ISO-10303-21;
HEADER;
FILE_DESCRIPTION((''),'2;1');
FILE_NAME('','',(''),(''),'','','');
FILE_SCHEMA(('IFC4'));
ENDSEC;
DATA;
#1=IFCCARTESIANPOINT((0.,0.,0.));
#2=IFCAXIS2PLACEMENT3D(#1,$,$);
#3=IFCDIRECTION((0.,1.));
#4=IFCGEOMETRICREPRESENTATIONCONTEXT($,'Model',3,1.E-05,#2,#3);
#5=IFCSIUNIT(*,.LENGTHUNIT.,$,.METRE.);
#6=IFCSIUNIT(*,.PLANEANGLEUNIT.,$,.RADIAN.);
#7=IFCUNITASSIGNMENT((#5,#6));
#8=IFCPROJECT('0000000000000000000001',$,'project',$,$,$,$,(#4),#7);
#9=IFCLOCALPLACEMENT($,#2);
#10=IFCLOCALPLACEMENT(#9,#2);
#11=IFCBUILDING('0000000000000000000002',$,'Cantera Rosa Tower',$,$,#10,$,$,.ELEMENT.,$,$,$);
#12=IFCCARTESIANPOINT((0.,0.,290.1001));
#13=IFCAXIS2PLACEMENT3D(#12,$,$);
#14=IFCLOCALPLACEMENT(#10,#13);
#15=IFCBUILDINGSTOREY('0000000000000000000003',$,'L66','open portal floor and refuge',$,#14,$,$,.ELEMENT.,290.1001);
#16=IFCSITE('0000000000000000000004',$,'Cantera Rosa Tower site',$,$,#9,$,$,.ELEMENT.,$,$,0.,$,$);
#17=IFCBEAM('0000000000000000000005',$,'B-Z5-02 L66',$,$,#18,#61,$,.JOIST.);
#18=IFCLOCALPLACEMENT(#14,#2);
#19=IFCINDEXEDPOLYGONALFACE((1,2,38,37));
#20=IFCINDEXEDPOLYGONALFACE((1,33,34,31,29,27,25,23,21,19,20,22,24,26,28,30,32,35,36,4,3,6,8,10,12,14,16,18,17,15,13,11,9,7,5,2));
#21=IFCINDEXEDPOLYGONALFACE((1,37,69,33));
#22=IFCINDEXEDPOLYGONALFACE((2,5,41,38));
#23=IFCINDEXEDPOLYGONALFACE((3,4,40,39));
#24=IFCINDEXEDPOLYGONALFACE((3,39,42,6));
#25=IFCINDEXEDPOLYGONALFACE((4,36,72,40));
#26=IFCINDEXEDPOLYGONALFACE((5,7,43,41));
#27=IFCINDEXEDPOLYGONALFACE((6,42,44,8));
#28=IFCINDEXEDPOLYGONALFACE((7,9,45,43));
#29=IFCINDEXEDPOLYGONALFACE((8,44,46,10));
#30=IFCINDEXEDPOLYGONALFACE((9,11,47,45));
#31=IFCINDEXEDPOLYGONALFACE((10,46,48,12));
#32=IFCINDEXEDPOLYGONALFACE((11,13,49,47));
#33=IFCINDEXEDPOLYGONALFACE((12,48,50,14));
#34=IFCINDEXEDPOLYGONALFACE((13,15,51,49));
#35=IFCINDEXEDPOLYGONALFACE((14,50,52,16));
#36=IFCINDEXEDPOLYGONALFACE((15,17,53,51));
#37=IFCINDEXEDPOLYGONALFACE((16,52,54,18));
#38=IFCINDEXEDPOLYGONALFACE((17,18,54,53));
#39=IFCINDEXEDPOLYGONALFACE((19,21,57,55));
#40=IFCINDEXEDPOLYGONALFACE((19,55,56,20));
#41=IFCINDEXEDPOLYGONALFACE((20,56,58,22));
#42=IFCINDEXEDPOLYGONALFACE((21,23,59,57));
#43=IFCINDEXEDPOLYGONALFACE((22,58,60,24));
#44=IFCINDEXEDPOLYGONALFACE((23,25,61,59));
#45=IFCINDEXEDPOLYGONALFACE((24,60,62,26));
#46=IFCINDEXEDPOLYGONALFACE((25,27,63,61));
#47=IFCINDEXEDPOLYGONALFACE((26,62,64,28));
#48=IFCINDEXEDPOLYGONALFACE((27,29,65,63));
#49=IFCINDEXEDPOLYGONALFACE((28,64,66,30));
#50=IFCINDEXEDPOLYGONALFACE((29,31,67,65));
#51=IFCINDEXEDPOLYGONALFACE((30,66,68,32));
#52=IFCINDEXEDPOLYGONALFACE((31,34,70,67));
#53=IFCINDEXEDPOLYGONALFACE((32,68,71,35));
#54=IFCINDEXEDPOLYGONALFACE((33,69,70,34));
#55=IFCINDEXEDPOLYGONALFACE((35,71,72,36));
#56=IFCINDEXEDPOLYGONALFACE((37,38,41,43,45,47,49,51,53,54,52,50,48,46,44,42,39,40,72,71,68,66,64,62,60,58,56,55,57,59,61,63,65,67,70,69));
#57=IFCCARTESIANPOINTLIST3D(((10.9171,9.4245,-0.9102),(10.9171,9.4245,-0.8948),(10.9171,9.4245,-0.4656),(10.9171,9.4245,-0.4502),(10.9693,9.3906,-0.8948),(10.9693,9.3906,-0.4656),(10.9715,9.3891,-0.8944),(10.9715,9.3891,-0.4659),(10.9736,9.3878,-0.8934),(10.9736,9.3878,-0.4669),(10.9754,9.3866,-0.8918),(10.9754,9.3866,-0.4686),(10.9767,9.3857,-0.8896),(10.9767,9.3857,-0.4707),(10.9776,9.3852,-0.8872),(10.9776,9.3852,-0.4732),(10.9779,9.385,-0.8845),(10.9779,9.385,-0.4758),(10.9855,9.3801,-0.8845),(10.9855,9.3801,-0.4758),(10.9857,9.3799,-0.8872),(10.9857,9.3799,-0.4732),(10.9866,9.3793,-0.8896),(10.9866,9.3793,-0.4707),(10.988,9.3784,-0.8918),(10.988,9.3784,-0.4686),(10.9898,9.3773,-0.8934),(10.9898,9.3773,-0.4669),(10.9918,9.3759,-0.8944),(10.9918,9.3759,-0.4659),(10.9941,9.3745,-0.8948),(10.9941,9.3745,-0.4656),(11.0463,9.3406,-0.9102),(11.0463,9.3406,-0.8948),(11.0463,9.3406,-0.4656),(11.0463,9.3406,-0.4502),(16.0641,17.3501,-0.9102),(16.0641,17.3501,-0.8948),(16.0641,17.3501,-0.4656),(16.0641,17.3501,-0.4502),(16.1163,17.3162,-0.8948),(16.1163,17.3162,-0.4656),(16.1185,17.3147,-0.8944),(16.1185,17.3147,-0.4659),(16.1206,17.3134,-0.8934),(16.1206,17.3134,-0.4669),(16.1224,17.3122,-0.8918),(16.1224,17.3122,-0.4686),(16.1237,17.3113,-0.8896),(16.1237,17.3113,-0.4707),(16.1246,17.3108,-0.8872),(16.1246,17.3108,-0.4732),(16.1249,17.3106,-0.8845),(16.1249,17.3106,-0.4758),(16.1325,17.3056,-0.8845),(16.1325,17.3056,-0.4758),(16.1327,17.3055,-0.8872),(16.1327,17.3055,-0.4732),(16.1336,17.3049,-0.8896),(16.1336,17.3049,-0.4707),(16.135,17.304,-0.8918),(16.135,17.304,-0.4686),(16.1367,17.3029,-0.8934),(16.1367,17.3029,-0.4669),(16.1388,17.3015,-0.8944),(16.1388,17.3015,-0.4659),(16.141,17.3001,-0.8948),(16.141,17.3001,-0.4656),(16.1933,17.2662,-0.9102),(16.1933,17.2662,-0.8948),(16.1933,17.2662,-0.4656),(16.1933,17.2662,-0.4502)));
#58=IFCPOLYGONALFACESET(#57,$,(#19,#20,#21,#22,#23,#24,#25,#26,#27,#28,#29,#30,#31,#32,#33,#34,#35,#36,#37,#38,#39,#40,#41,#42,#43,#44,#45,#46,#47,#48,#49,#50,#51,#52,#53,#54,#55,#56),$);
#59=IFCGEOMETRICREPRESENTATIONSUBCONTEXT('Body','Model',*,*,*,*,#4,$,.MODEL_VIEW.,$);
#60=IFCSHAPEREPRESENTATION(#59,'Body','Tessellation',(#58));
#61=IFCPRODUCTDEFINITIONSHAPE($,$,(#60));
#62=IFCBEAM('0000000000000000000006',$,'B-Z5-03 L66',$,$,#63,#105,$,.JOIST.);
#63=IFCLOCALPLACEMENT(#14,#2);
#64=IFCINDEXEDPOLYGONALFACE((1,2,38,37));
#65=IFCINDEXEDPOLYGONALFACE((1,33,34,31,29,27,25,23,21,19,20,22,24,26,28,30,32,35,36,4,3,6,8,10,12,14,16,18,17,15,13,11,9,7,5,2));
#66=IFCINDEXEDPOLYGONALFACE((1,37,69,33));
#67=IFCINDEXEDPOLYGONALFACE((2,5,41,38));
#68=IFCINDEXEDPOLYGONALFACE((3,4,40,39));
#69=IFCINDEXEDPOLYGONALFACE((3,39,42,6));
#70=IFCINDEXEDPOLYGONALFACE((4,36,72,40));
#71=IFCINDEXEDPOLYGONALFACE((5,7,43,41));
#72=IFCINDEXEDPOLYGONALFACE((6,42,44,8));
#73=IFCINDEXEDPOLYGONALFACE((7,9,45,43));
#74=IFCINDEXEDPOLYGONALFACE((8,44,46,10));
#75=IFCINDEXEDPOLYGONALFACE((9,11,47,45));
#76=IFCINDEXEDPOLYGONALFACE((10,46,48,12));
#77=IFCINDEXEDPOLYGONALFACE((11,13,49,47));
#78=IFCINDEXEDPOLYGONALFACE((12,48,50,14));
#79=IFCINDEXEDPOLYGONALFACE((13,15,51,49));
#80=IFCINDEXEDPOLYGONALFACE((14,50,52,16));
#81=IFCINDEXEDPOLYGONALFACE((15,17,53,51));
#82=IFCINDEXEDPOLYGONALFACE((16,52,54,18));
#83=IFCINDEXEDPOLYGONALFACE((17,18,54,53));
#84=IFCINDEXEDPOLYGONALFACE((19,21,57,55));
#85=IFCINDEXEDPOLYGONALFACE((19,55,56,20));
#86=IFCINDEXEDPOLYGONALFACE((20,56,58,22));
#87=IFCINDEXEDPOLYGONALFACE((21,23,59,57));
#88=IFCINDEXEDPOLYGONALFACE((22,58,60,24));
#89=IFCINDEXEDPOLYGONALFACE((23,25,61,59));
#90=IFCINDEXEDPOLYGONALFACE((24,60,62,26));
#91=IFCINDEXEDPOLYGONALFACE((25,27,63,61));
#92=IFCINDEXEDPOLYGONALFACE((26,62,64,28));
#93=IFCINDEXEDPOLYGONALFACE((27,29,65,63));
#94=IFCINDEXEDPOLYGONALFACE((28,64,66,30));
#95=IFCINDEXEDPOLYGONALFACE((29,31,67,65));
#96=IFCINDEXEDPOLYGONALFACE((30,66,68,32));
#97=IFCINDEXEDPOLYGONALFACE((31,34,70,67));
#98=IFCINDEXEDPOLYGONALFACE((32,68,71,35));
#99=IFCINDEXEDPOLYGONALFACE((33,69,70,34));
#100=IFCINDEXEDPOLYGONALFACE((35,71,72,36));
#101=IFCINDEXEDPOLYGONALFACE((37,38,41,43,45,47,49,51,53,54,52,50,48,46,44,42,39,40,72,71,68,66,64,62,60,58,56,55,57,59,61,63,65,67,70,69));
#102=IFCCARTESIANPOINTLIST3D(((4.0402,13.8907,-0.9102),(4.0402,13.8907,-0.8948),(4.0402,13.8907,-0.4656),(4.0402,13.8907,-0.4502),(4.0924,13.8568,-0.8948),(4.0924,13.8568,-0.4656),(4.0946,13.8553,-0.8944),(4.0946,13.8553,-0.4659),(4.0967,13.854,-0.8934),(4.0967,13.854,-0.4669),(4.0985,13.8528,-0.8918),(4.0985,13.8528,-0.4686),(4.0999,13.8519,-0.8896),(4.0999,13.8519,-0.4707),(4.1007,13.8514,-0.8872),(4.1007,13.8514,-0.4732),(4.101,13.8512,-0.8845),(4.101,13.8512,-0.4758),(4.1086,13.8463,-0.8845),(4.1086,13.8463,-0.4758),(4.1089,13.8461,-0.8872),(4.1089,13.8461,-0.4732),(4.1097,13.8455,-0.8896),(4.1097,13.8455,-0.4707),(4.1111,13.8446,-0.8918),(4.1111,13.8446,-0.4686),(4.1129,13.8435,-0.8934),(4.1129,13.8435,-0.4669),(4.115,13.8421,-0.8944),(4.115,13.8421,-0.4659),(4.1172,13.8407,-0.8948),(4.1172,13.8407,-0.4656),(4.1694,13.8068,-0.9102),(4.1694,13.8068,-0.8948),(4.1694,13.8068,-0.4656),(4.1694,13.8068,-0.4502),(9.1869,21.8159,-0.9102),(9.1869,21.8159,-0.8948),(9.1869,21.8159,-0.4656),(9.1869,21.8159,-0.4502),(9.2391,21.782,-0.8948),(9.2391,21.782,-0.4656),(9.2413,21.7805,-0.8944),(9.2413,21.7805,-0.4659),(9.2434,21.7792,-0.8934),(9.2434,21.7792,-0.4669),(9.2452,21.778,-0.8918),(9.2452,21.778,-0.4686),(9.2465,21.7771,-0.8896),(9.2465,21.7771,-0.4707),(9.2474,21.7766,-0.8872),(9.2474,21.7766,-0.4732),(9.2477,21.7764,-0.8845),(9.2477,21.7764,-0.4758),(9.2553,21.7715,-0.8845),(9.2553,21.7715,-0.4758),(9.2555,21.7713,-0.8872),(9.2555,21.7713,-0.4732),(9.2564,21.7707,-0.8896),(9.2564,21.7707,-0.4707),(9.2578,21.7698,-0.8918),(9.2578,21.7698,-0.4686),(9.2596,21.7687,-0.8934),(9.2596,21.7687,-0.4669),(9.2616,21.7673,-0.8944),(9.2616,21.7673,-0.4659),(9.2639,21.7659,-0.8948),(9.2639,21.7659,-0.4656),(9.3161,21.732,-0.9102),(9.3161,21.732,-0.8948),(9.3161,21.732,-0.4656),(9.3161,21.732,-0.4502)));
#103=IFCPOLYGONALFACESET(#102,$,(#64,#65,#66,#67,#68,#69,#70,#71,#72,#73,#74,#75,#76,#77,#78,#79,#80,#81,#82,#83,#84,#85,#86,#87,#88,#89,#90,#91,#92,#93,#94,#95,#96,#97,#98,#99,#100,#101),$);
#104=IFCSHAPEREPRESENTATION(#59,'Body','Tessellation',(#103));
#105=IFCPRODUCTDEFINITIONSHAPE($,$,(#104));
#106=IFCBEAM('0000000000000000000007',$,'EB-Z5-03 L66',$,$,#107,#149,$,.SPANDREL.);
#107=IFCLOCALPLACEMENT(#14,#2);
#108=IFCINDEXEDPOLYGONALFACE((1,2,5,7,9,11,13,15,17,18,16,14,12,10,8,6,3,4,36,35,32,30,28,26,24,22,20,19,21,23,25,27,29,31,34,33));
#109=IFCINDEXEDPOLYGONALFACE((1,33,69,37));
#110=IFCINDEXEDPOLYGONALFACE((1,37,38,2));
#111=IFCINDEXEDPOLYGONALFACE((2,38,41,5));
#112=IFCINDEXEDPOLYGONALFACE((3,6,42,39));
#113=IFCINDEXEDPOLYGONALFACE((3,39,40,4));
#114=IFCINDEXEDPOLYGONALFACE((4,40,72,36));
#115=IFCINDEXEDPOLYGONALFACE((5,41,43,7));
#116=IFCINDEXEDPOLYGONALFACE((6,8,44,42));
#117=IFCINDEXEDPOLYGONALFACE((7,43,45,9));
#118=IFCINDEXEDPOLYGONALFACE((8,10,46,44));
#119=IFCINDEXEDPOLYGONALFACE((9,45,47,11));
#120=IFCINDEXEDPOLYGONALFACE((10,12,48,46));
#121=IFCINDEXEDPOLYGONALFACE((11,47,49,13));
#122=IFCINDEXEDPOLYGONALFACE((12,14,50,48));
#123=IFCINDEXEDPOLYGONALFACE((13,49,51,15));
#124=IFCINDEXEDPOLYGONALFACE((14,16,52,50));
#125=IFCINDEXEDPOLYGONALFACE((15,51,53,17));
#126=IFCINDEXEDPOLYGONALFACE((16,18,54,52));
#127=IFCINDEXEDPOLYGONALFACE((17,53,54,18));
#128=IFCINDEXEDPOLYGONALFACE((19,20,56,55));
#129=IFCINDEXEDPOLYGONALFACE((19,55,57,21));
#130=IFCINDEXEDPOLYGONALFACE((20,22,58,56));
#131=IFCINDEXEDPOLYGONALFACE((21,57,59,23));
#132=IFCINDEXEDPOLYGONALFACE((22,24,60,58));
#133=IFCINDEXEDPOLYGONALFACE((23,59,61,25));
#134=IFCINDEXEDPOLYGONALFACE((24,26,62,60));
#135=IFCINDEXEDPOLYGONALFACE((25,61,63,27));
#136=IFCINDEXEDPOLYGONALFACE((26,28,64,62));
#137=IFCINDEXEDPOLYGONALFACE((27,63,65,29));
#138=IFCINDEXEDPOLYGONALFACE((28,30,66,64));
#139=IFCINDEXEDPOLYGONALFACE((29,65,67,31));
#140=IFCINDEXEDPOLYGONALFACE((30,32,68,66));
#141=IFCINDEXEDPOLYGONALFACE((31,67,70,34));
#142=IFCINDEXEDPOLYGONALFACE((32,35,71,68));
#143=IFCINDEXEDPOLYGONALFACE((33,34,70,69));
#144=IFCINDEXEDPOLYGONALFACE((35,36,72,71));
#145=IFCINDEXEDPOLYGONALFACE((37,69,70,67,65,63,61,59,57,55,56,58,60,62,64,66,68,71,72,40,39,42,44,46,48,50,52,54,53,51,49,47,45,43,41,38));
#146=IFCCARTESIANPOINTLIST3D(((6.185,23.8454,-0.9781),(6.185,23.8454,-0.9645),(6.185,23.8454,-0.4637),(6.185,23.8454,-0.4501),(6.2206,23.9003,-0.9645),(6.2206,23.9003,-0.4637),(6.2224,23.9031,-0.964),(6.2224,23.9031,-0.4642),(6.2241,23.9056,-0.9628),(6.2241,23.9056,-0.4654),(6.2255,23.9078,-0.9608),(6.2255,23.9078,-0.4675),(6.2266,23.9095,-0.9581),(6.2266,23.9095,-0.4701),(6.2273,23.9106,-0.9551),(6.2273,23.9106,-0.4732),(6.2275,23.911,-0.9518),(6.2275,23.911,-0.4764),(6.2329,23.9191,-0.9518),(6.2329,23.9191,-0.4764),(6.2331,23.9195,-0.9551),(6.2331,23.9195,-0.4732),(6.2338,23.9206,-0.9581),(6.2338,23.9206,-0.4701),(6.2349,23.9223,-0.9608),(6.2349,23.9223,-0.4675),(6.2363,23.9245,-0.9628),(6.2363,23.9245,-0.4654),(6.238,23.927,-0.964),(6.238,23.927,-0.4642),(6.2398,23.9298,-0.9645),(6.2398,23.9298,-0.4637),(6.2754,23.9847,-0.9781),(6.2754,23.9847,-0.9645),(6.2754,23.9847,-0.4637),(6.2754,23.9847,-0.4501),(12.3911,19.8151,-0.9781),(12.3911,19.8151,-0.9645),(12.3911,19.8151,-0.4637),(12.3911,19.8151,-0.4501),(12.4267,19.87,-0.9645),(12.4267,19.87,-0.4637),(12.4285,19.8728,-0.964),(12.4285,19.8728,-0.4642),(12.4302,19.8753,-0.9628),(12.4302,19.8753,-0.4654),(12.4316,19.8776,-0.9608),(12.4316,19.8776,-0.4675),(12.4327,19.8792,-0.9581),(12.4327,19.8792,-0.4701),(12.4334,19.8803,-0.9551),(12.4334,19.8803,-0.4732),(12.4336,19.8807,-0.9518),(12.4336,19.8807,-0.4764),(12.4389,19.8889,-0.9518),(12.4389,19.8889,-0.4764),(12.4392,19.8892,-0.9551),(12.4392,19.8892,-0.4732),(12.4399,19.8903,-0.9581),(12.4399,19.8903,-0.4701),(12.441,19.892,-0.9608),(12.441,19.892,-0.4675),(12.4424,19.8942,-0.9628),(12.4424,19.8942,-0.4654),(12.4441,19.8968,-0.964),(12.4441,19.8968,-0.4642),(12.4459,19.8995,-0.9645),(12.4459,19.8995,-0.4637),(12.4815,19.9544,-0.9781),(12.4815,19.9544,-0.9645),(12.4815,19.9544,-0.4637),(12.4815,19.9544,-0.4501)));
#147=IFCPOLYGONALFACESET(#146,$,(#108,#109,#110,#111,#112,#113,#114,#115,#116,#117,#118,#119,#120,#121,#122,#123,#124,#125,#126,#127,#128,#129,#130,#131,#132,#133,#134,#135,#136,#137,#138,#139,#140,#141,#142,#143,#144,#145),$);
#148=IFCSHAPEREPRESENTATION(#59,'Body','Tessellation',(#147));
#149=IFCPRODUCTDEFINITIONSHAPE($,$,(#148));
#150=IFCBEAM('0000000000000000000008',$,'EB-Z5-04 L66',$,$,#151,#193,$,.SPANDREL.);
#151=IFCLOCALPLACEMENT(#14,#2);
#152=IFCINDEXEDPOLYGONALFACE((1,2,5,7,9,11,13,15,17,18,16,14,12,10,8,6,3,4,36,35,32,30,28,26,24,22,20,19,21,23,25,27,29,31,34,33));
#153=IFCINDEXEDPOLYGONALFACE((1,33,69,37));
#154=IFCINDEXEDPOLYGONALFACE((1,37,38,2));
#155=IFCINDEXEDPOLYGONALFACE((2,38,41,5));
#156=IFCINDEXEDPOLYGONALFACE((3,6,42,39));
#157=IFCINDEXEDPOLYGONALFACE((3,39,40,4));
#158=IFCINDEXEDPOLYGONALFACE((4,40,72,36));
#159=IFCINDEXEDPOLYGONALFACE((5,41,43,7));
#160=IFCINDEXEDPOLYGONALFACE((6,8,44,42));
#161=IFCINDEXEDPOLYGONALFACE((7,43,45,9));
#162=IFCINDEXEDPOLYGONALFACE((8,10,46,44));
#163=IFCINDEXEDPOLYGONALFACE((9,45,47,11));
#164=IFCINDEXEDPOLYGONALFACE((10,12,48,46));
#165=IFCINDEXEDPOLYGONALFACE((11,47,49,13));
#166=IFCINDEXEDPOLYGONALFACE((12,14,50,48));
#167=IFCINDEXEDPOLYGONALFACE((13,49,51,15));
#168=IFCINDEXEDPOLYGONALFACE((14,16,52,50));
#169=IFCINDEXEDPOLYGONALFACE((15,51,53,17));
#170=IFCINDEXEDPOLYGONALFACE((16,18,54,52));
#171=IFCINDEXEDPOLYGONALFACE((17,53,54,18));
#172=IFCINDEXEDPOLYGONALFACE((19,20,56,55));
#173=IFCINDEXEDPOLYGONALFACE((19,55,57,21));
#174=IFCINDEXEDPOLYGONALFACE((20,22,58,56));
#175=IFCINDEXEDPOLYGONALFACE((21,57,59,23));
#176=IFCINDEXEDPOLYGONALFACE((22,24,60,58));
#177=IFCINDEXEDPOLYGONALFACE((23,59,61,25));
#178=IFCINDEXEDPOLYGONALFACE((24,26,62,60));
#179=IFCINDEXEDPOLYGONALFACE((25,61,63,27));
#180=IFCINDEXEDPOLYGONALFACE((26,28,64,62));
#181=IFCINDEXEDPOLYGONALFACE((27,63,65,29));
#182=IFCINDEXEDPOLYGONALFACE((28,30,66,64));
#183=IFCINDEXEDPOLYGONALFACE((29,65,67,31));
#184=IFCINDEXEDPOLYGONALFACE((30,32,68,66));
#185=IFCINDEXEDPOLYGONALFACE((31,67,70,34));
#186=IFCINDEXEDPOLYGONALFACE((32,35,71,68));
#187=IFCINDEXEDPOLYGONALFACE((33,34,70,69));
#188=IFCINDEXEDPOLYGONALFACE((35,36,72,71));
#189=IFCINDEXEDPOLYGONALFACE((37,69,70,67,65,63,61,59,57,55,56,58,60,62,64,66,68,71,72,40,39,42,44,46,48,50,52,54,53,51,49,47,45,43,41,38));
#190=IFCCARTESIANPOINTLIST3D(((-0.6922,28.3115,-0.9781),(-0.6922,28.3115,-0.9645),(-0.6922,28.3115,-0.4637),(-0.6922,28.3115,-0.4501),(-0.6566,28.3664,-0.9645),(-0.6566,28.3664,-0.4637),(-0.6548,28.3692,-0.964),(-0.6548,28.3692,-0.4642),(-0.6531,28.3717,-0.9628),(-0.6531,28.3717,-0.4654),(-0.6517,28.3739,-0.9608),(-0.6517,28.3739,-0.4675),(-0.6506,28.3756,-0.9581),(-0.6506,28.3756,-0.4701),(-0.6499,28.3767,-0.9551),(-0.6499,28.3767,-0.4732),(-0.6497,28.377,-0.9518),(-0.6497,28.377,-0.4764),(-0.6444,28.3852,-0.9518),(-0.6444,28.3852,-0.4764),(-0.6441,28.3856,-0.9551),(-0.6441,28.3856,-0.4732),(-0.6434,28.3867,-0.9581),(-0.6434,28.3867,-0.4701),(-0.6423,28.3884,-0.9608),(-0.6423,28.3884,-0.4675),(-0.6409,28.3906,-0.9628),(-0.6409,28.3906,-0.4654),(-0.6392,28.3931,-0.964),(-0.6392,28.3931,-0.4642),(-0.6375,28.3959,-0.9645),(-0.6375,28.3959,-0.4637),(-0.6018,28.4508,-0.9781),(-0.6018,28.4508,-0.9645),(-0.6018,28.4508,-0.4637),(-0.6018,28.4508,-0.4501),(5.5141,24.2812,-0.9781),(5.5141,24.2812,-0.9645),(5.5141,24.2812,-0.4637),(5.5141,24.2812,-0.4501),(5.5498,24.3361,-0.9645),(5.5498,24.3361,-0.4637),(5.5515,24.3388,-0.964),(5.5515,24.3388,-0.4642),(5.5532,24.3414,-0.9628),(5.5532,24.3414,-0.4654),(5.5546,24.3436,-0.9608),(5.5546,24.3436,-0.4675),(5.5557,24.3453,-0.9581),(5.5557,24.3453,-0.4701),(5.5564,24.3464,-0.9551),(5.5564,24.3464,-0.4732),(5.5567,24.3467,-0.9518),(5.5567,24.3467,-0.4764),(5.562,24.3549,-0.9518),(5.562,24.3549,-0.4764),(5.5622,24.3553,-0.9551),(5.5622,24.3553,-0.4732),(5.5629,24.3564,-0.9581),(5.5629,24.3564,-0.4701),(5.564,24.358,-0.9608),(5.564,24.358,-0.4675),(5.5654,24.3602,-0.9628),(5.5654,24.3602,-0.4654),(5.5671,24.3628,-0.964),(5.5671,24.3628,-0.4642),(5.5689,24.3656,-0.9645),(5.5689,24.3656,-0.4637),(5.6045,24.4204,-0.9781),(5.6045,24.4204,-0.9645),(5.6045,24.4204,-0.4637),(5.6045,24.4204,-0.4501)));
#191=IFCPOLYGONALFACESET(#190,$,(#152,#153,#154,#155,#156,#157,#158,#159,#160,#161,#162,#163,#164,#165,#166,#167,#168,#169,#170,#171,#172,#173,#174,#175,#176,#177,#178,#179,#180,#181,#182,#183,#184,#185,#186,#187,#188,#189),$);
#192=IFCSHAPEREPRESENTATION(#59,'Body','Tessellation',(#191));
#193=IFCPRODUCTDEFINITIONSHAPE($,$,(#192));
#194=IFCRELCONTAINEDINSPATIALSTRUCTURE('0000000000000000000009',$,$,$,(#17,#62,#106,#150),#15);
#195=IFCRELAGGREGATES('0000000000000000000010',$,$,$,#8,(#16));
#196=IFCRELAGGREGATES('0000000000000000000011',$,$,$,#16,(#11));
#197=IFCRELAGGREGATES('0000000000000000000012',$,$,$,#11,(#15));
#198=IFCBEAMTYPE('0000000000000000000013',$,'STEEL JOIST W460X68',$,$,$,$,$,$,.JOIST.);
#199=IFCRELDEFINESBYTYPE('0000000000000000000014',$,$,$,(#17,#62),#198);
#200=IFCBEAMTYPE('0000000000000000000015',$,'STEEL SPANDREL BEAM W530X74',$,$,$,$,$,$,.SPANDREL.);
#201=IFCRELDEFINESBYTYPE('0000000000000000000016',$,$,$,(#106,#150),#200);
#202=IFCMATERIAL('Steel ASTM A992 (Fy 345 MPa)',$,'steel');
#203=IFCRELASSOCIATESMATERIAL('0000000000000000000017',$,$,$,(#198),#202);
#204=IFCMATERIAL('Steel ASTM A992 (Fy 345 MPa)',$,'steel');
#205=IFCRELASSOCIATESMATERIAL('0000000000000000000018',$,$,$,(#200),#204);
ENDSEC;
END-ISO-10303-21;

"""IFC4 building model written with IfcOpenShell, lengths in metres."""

from ifc_helpers import new_model, si_unit, direction, frame, origin, origin_2d, place, context, subcontext, project, spatial, i_section, extrude, material, material_profile, profile_set, type_object, element, save


model = new_model("IFC4")

# Units and contexts
model_context = context("Model", 3, precision=1e-05, world=origin(), true_north=direction((0.0, 1.0)))
body_context = subcontext(model_context, "Body", "Model", "MODEL_VIEW")
ifc_project = project(units=[si_unit("LENGTHUNIT", "METRE"), si_unit("PLANEANGLEUNIT", "RADIAN")], contexts=[model_context])

# Site, building, storey
site_placement = place(None, origin())
site = spatial("IfcSite", under=ifc_project, at=site_placement, Name="Cantera Rosa Tower site", CompositionType="ELEMENT", RefElevation=0.0)
building_placement = place(site_placement, origin())
building = spatial("IfcBuilding", under=site, at=building_placement, Name="Cantera Rosa Tower", CompositionType="ELEMENT")
storey_placement = place(building_placement, frame((0.0, 0.0, 290.1001)))
storey = spatial("IfcBuildingStorey", under=building, at=storey_placement, Name="L66", Description="open portal floor and refuge", CompositionType="ELEMENT", Elevation=290.1001)

# Beams
ifc_material_1 = material(Name="Steel ASTM A992 (Fy 345 MPa)", Category="steel")
ifc_material_profile_1 = material_profile(ifc_material_1, i_section(OverallWidth=0.1541, OverallDepth=0.46, WebThickness=0.009, FlangeThickness=0.0154, FilletRadius=0.0103, at=origin_2d()), Name="W460X68")
ifc_profile_set_1 = profile_set([ifc_material_profile_1], Name="Steel ASTM A992 (Fy 345 MPa)")
beam_type_1 = type_object("IfcBeamType", Name="STEEL JOIST W460X68", PredefinedType="JOIST", material=ifc_profile_set_1)
beam_1_placement = place(storey_placement, frame((16.1287, 17.3081, -0.6802), z_axis=(-0.544644, -0.838667, 0.0), x_axis=(0.838667, -0.544644, 0.0)))
element("IfcBeam", 1, at=beam_1_placement, inside=storey, type_object=beam_type_1, Name="B-Z5-02 L66", PredefinedType="JOIST", context=body_context, shape_type="SweptSolid", body=[
    extrude(i_section(OverallWidth=0.1541, OverallDepth=0.46, WebThickness=0.009, FlangeThickness=0.0154, FilletRadius=0.0103, at=origin_2d()), origin(), (0.0, 0.0, 1.0), 9.4502),
])
beam_2_placement = place(storey_placement, frame((9.2515, 21.7739, -0.6802), z_axis=(-0.544638, -0.838671, 0.0), x_axis=(0.838671, -0.544638, 0.0)))
element("IfcBeam", 2, at=beam_2_placement, inside=storey, type_object=beam_type_1, Name="B-Z5-03 L66", PredefinedType="JOIST", context=body_context, shape_type="SweptSolid", body=[
    extrude(i_section(OverallWidth=0.1541, OverallDepth=0.46, WebThickness=0.009, FlangeThickness=0.0154, FilletRadius=0.0103, at=origin_2d()), origin(), (0.0, 0.0, 1.0), 9.4497),
])
ifc_material_2 = material(Name="Steel ASTM A992 (Fy 345 MPa)", Category="steel")
ifc_material_profile_2 = material_profile(ifc_material_2, i_section(OverallWidth=0.166, OverallDepth=0.5281, WebThickness=0.0098, FlangeThickness=0.0137, FilletRadius=0.0127, at=origin_2d()), Name="W530X74")
ifc_profile_set_2 = profile_set([ifc_material_profile_2], Name="Steel ASTM A992 (Fy 345 MPa)")
beam_type_2 = type_object("IfcBeamType", Name="STEEL SPANDREL BEAM W530X74", PredefinedType="SPANDREL", material=ifc_profile_set_2)
beam_3_placement = place(storey_placement, frame((12.4363, 19.8848, -0.7141), z_axis=(-0.83867, 0.54464, 0.0), x_axis=(-0.54464, -0.83867, 0.0)))
element("IfcBeam", 3, at=beam_3_placement, inside=storey, type_object=beam_type_2, Name="EB-Z5-03 L66", PredefinedType="SPANDREL", context=body_context, shape_type="SweptSolid", body=[
    extrude(i_section(OverallWidth=0.166, OverallDepth=0.5281, WebThickness=0.0098, FlangeThickness=0.0137, FilletRadius=0.0127, at=origin_2d()), origin(), (0.0, 0.0, 1.0), 7.3999),
])
beam_4_placement = place(storey_placement, frame((5.5593, 24.3508, -0.7141), z_axis=(-0.838679, 0.544625, 0.0), x_axis=(-0.544625, -0.838679, 0.0)))
element("IfcBeam", 4, at=beam_4_placement, inside=storey, type_object=beam_type_2, Name="EB-Z5-04 L66", PredefinedType="SPANDREL", context=body_context, shape_type="SweptSolid", body=[
    extrude(i_section(OverallWidth=0.166, OverallDepth=0.5281, WebThickness=0.0098, FlangeThickness=0.0137, FilletRadius=0.0127, at=origin_2d()), origin(), (0.0, 0.0, 1.0), 7.4001),
])

save(model, "model.ifc")
